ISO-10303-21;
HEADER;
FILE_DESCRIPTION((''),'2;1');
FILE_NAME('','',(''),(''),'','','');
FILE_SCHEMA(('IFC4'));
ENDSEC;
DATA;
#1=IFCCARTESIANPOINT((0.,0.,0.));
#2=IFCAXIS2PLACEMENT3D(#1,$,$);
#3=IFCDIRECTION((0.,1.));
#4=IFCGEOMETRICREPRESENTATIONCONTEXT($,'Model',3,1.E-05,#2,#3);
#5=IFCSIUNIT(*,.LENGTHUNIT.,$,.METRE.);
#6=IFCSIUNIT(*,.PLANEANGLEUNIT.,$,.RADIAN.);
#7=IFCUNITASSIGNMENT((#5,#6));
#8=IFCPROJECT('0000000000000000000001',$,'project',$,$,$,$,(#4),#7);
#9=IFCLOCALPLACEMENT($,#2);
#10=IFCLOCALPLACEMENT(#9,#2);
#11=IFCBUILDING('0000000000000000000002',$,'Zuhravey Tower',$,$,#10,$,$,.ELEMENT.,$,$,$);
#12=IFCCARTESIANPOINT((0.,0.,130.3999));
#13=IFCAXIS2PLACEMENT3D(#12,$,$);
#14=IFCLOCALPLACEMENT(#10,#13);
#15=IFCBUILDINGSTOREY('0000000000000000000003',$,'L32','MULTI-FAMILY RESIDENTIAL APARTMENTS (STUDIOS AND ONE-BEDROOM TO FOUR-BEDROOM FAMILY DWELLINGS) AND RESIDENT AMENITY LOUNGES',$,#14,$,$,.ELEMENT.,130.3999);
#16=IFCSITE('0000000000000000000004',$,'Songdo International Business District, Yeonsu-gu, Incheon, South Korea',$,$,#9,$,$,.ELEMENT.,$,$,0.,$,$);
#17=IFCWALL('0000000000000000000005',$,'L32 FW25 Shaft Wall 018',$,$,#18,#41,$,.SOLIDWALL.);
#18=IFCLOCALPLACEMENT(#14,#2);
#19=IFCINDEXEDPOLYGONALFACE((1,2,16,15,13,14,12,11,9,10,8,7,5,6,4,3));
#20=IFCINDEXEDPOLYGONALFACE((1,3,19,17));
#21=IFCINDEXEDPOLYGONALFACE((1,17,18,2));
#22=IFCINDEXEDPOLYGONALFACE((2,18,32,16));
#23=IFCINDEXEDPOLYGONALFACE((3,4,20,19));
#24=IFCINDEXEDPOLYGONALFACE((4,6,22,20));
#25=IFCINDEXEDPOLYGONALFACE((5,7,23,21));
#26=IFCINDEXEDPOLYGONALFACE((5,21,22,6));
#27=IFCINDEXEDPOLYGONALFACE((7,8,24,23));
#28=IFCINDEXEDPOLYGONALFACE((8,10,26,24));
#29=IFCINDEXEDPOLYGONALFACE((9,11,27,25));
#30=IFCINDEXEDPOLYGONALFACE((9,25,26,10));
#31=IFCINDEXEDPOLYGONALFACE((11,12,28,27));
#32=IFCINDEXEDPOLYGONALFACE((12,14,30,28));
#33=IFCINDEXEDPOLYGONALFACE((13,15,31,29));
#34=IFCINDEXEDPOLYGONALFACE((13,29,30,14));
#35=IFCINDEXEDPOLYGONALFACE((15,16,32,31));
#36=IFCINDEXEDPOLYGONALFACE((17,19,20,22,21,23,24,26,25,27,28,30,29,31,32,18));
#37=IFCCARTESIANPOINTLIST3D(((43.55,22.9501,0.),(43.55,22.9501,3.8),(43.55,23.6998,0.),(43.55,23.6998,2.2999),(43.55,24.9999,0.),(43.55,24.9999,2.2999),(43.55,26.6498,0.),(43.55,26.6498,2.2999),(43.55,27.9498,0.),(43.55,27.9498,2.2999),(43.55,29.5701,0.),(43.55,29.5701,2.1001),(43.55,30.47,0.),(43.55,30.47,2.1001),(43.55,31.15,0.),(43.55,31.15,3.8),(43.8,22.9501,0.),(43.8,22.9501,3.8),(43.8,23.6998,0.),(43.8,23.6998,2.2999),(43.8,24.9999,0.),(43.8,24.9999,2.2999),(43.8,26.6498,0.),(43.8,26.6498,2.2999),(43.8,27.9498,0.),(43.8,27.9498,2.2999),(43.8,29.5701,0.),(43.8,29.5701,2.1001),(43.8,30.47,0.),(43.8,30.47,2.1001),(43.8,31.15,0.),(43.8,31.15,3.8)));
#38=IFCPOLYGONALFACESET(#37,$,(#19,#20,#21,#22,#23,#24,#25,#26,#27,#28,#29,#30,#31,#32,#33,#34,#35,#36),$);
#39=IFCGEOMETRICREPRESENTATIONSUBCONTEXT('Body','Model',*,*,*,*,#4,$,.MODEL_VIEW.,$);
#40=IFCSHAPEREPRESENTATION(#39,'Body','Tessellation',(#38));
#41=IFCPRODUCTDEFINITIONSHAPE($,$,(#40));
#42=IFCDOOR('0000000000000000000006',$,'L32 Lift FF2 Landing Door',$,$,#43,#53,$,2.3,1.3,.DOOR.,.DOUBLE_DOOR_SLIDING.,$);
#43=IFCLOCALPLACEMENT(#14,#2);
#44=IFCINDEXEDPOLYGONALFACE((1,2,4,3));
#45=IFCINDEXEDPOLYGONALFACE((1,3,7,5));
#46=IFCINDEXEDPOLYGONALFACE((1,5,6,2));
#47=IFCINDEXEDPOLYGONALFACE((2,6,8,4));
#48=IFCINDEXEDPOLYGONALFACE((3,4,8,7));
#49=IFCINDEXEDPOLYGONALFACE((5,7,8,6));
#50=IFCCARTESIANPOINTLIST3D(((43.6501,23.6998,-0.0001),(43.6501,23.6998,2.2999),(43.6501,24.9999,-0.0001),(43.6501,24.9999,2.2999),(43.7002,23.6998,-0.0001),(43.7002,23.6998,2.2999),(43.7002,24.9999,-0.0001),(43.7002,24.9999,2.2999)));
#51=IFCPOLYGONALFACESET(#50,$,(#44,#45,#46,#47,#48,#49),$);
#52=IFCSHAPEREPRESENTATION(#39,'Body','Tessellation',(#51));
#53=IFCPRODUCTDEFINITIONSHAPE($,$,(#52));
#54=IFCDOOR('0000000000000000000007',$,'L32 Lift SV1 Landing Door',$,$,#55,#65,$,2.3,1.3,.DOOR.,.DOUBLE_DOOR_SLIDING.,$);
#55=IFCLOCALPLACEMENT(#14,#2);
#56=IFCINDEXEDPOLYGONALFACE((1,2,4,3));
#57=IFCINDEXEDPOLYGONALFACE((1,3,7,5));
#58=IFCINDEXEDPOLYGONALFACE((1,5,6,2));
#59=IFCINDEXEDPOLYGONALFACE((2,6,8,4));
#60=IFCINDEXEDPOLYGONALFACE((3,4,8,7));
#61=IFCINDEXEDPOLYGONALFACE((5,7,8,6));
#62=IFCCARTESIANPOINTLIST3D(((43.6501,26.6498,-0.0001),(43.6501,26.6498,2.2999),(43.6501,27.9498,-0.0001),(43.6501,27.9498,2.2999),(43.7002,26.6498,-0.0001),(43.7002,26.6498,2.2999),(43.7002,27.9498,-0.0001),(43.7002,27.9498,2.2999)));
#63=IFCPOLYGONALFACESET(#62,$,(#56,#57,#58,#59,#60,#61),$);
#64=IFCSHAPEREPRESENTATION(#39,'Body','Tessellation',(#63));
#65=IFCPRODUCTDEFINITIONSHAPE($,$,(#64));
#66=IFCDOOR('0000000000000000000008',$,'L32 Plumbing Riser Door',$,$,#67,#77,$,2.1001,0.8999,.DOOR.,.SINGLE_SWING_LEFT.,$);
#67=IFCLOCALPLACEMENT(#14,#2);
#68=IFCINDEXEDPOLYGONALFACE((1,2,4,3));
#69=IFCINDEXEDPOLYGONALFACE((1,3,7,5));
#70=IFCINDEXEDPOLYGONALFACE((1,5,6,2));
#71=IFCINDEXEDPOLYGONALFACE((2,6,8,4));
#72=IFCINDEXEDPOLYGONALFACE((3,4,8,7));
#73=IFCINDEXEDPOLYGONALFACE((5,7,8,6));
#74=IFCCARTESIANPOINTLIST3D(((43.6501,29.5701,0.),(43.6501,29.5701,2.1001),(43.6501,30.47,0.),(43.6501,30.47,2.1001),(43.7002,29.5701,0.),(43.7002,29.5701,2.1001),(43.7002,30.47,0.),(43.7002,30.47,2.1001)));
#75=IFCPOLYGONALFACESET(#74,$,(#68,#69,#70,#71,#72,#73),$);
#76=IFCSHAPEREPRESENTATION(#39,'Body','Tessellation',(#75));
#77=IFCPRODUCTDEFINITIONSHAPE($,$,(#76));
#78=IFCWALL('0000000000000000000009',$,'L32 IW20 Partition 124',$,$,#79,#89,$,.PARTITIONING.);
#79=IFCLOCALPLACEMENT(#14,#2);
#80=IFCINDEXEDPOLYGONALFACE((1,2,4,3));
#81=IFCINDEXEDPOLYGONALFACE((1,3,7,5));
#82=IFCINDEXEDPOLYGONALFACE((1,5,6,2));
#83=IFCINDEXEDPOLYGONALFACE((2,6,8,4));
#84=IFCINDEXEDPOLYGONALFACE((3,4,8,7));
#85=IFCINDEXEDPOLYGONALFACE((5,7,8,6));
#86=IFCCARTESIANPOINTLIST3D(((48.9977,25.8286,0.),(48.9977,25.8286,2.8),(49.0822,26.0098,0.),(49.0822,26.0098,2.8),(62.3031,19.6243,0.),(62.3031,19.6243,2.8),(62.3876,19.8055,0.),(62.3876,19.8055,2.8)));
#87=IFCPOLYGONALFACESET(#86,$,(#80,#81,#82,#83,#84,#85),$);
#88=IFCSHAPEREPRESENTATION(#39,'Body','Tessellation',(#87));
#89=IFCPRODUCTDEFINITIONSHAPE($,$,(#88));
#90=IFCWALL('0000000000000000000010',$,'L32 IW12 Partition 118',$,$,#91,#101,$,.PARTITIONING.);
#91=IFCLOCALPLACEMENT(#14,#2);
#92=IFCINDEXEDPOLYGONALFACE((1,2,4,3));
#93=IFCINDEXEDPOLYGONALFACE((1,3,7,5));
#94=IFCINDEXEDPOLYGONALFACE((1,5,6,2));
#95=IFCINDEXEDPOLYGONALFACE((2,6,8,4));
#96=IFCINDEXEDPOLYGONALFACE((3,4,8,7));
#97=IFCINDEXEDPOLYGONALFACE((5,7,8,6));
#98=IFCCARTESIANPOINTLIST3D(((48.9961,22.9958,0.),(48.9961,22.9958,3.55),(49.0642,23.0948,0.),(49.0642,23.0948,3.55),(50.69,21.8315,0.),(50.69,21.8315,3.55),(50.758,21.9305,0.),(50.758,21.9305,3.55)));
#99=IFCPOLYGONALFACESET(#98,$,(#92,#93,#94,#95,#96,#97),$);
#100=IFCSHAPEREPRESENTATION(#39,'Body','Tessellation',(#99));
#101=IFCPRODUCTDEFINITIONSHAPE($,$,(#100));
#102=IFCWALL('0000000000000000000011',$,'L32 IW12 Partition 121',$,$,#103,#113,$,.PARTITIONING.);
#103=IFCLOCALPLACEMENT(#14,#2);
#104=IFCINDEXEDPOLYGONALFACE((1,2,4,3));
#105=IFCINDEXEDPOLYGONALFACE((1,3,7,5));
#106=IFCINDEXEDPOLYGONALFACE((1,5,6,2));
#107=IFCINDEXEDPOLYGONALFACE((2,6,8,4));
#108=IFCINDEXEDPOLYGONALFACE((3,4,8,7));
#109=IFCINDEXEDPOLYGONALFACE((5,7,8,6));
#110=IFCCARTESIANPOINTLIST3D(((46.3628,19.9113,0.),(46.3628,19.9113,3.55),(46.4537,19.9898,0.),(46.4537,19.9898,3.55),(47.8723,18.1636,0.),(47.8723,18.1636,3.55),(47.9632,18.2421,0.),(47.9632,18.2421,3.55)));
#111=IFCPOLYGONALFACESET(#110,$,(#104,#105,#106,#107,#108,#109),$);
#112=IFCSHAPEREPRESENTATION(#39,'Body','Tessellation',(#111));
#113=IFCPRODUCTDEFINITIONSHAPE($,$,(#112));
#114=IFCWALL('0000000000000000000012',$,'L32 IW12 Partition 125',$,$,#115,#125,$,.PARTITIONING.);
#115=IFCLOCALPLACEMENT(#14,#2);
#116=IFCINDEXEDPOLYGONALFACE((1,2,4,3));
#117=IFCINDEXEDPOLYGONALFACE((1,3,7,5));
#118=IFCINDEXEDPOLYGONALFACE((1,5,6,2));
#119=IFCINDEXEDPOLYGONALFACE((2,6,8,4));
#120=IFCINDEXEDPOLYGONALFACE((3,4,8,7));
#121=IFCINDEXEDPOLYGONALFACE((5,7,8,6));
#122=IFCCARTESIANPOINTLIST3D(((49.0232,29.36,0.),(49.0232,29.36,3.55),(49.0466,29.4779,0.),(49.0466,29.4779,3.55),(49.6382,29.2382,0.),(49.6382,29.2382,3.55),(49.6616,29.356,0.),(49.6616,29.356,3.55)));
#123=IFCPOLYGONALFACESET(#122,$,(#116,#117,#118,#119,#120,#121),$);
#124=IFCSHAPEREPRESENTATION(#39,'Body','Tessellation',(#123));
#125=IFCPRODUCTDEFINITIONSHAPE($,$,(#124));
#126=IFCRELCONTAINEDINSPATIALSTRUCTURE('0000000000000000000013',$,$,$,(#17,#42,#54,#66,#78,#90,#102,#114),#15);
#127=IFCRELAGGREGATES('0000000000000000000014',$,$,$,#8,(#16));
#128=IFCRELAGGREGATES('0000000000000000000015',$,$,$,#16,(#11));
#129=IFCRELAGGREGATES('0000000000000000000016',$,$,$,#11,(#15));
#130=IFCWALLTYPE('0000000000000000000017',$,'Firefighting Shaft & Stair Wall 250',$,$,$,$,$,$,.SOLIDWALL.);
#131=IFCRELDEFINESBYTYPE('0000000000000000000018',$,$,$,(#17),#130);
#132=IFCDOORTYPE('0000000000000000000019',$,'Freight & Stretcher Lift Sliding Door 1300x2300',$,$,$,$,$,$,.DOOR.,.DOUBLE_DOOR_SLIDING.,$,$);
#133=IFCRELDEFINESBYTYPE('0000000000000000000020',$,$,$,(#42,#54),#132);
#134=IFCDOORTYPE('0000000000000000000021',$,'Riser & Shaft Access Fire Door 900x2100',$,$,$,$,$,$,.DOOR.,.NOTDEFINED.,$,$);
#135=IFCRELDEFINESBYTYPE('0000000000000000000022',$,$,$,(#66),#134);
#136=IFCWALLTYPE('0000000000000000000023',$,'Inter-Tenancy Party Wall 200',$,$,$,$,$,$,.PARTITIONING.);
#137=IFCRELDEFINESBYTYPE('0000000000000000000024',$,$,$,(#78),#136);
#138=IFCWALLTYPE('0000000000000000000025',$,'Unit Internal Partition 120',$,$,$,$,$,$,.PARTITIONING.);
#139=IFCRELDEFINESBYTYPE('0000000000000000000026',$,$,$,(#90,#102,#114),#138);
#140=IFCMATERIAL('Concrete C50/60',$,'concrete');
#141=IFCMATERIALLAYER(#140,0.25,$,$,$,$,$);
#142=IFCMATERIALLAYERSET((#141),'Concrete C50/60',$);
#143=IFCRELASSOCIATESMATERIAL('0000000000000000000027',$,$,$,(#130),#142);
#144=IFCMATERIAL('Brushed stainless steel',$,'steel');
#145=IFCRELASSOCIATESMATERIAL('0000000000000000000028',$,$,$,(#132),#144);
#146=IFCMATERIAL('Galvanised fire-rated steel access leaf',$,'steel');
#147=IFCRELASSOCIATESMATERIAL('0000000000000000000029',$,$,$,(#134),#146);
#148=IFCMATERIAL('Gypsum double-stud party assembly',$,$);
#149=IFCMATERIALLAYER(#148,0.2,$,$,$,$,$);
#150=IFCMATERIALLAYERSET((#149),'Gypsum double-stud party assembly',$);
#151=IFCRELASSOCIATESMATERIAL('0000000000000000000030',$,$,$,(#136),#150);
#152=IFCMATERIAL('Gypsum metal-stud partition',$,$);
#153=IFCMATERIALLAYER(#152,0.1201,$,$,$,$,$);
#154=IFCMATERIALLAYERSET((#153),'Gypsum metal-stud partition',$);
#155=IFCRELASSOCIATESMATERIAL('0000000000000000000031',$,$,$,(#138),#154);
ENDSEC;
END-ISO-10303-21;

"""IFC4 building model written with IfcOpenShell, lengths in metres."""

from ifc_helpers import new_model, si_unit, direction, frame, frame_2d, origin, place, context, subcontext, project, spatial, rectangle, extrude, material, layer, layer_set, type_object, element, fill, save


model = new_model("IFC4")

# Units and contexts
model_context = context("Model", 3, precision=1e-05, world=origin(), true_north=direction((0.0, 1.0)))
body_context = subcontext(model_context, "Body", "Model", "MODEL_VIEW")
ifc_project = project(units=[si_unit("LENGTHUNIT", "METRE"), si_unit("PLANEANGLEUNIT", "RADIAN")], contexts=[model_context])

# Site, building, storey
site_placement = place(None, origin())
site = spatial("IfcSite", under=ifc_project, at=site_placement, Name="Songdo International Business District, Yeonsu-gu, Incheon, South Korea", CompositionType="ELEMENT", RefElevation=0.0)
building_placement = place(site_placement, origin())
building = spatial("IfcBuilding", under=site, at=building_placement, Name="Zuhravey Tower", CompositionType="ELEMENT")
storey_placement = place(building_placement, frame((0.0, 0.0, 130.3999)))
storey = spatial("IfcBuildingStorey", under=building, at=storey_placement, Name="L32", Description="MULTI-FAMILY RESIDENTIAL APARTMENTS (STUDIOS AND ONE-BEDROOM TO FOUR-BEDROOM FAMILY DWELLINGS) AND RESIDENT AMENITY LOUNGES", CompositionType="ELEMENT", Elevation=130.3999)

# Shared definitions
ifc_material_1 = material(Name="Concrete C50/60", Category="concrete")
ifc_layer_1 = layer(ifc_material_1, 0.25)
ifc_layer_set_1 = layer_set([ifc_layer_1], Name="Concrete C50/60")
wall_type_1 = type_object("IfcWallType", Name="Firefighting Shaft & Stair Wall 250", PredefinedType="SOLIDWALL", material=ifc_layer_set_1)

# Wall, openings, doors
wall_1_placement = place(storey_placement, frame((43.675, 22.95, 0.0), z_axis=(0.0, 0.0, 1.0), x_axis=(0.0, 1.0, 0.0)))
wall_1 = element("IfcWall", 1, at=wall_1_placement, inside=storey, type_object=wall_type_1, Name="L32 FW25 Shaft Wall 018", PredefinedType="SOLIDWALL", context=body_context, shape_type="SweptSolid", body=[
    extrude(rectangle(XDim=8.2, YDim=0.25, at=frame_2d((4.1001, 0.0))), origin(), (0.0, 0.0, 1.0), 3.8),
])
opening_1_placement = place(wall_1_placement, frame((0.75, 0.0, 0.0)))
opening_1 = element("IfcOpeningElement", 2, at=opening_1_placement, cuts=wall_1, PredefinedType="OPENING", context=body_context, shape_type="SweptSolid", body=[
    extrude(rectangle(XDim=1.3, YDim=2.3, at=frame_2d((0.6499, 1.1499))), frame((0.0, 0.137, 0.0), z_axis=(0.0, -1.0, 0.0), x_axis=(1.0, 0.0, 0.0)), (0.0, 0.0, 1.0), 0.2739),
])
opening_2_placement = place(wall_1_placement, frame((3.7, 0.0, 0.0)))
opening_2 = element("IfcOpeningElement", 3, at=opening_2_placement, cuts=wall_1, PredefinedType="OPENING", context=body_context, shape_type="SweptSolid", body=[
    extrude(rectangle(XDim=1.3, YDim=2.3, at=frame_2d((0.6499, 1.1499))), frame((0.0, 0.137, 0.0), z_axis=(0.0, -1.0, 0.0), x_axis=(1.0, 0.0, 0.0)), (0.0, 0.0, 1.0), 0.2739),
])
opening_3_placement = place(wall_1_placement, frame((6.6201, 0.0, 0.0)))
opening_3 = element("IfcOpeningElement", 4, at=opening_3_placement, cuts=wall_1, PredefinedType="OPENING", context=body_context, shape_type="SweptSolid", body=[
    extrude(rectangle(XDim=0.8999, YDim=2.1001, at=frame_2d((0.45, 1.05))), frame((0.0, 0.137, 0.0), z_axis=(0.0, -1.0, 0.0), x_axis=(1.0, 0.0, 0.0)), (0.0, 0.0, 1.0), 0.2739),
])
ifc_material_2 = material(Name="Brushed stainless steel", Category="steel")
door_type_1 = type_object("IfcDoorType", Name="Freight & Stretcher Lift Sliding Door 1300x2300", OperationType="DOUBLE_DOOR_SLIDING", PredefinedType="DOOR", material=ifc_material_2)
door_1_placement = place(opening_1_placement, origin())
door_1 = element("IfcDoor", 5, at=door_1_placement, inside=storey, type_object=door_type_1, Name="L32 Lift FF2 Landing Door", OperationType="DOUBLE_DOOR_SLIDING", OverallHeight=2.3, OverallWidth=1.3, PredefinedType="DOOR", context=body_context, shape_type="SweptSolid", body=[
    extrude(rectangle(XDim=1.3, YDim=2.3, at=frame_2d((0.6499, 1.1499))), frame((0.0, 0.0249, 0.0), z_axis=(0.0, -1.0, 0.0), x_axis=(1.0, 0.0, 0.0)), (0.0, 0.0, 1.0), 0.05),
])
fill(opening_1, door_1)
door_2_placement = place(opening_2_placement, origin())
door_2 = element("IfcDoor", 6, at=door_2_placement, inside=storey, type_object=door_type_1, Name="L32 Lift SV1 Landing Door", OperationType="DOUBLE_DOOR_SLIDING", OverallHeight=2.3, OverallWidth=1.3, PredefinedType="DOOR", context=body_context, shape_type="SweptSolid", body=[
    extrude(rectangle(XDim=1.3, YDim=2.3, at=frame_2d((0.6499, 1.1499))), frame((0.0, 0.0249, 0.0), z_axis=(0.0, -1.0, 0.0), x_axis=(1.0, 0.0, 0.0)), (0.0, 0.0, 1.0), 0.05),
])
fill(opening_2, door_2)
ifc_material_3 = material(Name="Galvanised fire-rated steel access leaf", Category="steel")
door_type_2 = type_object("IfcDoorType", Name="Riser & Shaft Access Fire Door 900x2100", OperationType="NOTDEFINED", PredefinedType="DOOR", material=ifc_material_3)
door_3_placement = place(opening_3_placement, origin())
door_3 = element("IfcDoor", 7, at=door_3_placement, inside=storey, type_object=door_type_2, Name="L32 Plumbing Riser Door", OperationType="SINGLE_SWING_LEFT", OverallHeight=2.1001, OverallWidth=0.8999, PredefinedType="DOOR", context=body_context, shape_type="SweptSolid", body=[
    extrude(rectangle(XDim=0.8999, YDim=2.1001, at=frame_2d((0.45, 1.05))), frame((0.0, 0.0249, 0.0), z_axis=(0.0, -1.0, 0.0), x_axis=(1.0, 0.0, 0.0)), (0.0, 0.0, 1.0), 0.05),
])
fill(opening_3, door_3)

# Walls
ifc_material_4 = material(Name="Gypsum double-stud party assembly")
ifc_layer_2 = layer(ifc_material_4, 0.2)
ifc_layer_set_2 = layer_set([ifc_layer_2], Name="Gypsum double-stud party assembly")
wall_type_2 = type_object("IfcWallType", Name="Inter-Tenancy Party Wall 200", PredefinedType="PARTITIONING", material=ifc_layer_set_2)
wall_2_placement = place(storey_placement, frame((49.04, 25.9192, 0.0), z_axis=(0.0, 0.0, 1.0), x_axis=(0.90631, -0.422614, 0.0)))
element("IfcWall", 8, at=wall_2_placement, inside=storey, type_object=wall_type_2, Name="L32 IW20 Partition 124", PredefinedType="PARTITIONING", context=body_context, shape_type="SweptSolid", body=[
    extrude(rectangle(XDim=14.6809, YDim=0.2, at=frame_2d((7.3403, 0.0))), origin(), (0.0, 0.0, 1.0), 2.8),
])
ifc_material_5 = material(Name="Gypsum metal-stud partition")
ifc_layer_3 = layer(ifc_material_5, 0.1201)
ifc_layer_set_3 = layer_set([ifc_layer_3], Name="Gypsum metal-stud partition")
wall_type_3 = type_object("IfcWallType", Name="Unit Internal Partition 120", PredefinedType="PARTITIONING", material=ifc_layer_set_3)
wall_3_placement = place(storey_placement, frame((49.03, 23.0454, 0.0), z_axis=(0.0, 0.0, 1.0), x_axis=(0.82409, -0.566458, 0.0)))
element("IfcWall", 9, at=wall_3_placement, inside=storey, type_object=wall_type_3, Name="L32 IW12 Partition 118", PredefinedType="PARTITIONING", context=body_context, shape_type="SweptSolid", body=[
    extrude(rectangle(XDim=2.0554, YDim=0.1201, at=frame_2d((1.0278, 0.0))), origin(), (0.0, 0.0, 1.0), 3.55),
])
wall_4_placement = place(storey_placement, frame((46.4082, 19.9507, 0.0), z_axis=(0.0, 0.0, 1.0), x_axis=(0.653634, -0.756811, 0.0)))
element("IfcWall", 10, at=wall_4_placement, inside=storey, type_object=wall_type_3, Name="L32 IW12 Partition 121", PredefinedType="PARTITIONING", context=body_context, shape_type="SweptSolid", body=[
    extrude(rectangle(XDim=2.3093, YDim=0.1201, at=frame_2d((1.1548, 0.0))), origin(), (0.0, 0.0, 1.0), 3.55),
])
wall_5_placement = place(storey_placement, frame((49.0349, 29.4189, 0.0), z_axis=(0.0, 0.0, 1.0), x_axis=(0.980938, -0.194319, 0.0)))
element("IfcWall", 11, at=wall_5_placement, inside=storey, type_object=wall_type_3, Name="L32 IW12 Partition 125", PredefinedType="PARTITIONING", context=body_context, shape_type="SweptSolid", body=[
    extrude(rectangle(XDim=0.627, YDim=0.1201, at=frame_2d((0.3135, 0.0))), origin(), (0.0, 0.0, 1.0), 3.55),
])

save(model, "model.ifc")
